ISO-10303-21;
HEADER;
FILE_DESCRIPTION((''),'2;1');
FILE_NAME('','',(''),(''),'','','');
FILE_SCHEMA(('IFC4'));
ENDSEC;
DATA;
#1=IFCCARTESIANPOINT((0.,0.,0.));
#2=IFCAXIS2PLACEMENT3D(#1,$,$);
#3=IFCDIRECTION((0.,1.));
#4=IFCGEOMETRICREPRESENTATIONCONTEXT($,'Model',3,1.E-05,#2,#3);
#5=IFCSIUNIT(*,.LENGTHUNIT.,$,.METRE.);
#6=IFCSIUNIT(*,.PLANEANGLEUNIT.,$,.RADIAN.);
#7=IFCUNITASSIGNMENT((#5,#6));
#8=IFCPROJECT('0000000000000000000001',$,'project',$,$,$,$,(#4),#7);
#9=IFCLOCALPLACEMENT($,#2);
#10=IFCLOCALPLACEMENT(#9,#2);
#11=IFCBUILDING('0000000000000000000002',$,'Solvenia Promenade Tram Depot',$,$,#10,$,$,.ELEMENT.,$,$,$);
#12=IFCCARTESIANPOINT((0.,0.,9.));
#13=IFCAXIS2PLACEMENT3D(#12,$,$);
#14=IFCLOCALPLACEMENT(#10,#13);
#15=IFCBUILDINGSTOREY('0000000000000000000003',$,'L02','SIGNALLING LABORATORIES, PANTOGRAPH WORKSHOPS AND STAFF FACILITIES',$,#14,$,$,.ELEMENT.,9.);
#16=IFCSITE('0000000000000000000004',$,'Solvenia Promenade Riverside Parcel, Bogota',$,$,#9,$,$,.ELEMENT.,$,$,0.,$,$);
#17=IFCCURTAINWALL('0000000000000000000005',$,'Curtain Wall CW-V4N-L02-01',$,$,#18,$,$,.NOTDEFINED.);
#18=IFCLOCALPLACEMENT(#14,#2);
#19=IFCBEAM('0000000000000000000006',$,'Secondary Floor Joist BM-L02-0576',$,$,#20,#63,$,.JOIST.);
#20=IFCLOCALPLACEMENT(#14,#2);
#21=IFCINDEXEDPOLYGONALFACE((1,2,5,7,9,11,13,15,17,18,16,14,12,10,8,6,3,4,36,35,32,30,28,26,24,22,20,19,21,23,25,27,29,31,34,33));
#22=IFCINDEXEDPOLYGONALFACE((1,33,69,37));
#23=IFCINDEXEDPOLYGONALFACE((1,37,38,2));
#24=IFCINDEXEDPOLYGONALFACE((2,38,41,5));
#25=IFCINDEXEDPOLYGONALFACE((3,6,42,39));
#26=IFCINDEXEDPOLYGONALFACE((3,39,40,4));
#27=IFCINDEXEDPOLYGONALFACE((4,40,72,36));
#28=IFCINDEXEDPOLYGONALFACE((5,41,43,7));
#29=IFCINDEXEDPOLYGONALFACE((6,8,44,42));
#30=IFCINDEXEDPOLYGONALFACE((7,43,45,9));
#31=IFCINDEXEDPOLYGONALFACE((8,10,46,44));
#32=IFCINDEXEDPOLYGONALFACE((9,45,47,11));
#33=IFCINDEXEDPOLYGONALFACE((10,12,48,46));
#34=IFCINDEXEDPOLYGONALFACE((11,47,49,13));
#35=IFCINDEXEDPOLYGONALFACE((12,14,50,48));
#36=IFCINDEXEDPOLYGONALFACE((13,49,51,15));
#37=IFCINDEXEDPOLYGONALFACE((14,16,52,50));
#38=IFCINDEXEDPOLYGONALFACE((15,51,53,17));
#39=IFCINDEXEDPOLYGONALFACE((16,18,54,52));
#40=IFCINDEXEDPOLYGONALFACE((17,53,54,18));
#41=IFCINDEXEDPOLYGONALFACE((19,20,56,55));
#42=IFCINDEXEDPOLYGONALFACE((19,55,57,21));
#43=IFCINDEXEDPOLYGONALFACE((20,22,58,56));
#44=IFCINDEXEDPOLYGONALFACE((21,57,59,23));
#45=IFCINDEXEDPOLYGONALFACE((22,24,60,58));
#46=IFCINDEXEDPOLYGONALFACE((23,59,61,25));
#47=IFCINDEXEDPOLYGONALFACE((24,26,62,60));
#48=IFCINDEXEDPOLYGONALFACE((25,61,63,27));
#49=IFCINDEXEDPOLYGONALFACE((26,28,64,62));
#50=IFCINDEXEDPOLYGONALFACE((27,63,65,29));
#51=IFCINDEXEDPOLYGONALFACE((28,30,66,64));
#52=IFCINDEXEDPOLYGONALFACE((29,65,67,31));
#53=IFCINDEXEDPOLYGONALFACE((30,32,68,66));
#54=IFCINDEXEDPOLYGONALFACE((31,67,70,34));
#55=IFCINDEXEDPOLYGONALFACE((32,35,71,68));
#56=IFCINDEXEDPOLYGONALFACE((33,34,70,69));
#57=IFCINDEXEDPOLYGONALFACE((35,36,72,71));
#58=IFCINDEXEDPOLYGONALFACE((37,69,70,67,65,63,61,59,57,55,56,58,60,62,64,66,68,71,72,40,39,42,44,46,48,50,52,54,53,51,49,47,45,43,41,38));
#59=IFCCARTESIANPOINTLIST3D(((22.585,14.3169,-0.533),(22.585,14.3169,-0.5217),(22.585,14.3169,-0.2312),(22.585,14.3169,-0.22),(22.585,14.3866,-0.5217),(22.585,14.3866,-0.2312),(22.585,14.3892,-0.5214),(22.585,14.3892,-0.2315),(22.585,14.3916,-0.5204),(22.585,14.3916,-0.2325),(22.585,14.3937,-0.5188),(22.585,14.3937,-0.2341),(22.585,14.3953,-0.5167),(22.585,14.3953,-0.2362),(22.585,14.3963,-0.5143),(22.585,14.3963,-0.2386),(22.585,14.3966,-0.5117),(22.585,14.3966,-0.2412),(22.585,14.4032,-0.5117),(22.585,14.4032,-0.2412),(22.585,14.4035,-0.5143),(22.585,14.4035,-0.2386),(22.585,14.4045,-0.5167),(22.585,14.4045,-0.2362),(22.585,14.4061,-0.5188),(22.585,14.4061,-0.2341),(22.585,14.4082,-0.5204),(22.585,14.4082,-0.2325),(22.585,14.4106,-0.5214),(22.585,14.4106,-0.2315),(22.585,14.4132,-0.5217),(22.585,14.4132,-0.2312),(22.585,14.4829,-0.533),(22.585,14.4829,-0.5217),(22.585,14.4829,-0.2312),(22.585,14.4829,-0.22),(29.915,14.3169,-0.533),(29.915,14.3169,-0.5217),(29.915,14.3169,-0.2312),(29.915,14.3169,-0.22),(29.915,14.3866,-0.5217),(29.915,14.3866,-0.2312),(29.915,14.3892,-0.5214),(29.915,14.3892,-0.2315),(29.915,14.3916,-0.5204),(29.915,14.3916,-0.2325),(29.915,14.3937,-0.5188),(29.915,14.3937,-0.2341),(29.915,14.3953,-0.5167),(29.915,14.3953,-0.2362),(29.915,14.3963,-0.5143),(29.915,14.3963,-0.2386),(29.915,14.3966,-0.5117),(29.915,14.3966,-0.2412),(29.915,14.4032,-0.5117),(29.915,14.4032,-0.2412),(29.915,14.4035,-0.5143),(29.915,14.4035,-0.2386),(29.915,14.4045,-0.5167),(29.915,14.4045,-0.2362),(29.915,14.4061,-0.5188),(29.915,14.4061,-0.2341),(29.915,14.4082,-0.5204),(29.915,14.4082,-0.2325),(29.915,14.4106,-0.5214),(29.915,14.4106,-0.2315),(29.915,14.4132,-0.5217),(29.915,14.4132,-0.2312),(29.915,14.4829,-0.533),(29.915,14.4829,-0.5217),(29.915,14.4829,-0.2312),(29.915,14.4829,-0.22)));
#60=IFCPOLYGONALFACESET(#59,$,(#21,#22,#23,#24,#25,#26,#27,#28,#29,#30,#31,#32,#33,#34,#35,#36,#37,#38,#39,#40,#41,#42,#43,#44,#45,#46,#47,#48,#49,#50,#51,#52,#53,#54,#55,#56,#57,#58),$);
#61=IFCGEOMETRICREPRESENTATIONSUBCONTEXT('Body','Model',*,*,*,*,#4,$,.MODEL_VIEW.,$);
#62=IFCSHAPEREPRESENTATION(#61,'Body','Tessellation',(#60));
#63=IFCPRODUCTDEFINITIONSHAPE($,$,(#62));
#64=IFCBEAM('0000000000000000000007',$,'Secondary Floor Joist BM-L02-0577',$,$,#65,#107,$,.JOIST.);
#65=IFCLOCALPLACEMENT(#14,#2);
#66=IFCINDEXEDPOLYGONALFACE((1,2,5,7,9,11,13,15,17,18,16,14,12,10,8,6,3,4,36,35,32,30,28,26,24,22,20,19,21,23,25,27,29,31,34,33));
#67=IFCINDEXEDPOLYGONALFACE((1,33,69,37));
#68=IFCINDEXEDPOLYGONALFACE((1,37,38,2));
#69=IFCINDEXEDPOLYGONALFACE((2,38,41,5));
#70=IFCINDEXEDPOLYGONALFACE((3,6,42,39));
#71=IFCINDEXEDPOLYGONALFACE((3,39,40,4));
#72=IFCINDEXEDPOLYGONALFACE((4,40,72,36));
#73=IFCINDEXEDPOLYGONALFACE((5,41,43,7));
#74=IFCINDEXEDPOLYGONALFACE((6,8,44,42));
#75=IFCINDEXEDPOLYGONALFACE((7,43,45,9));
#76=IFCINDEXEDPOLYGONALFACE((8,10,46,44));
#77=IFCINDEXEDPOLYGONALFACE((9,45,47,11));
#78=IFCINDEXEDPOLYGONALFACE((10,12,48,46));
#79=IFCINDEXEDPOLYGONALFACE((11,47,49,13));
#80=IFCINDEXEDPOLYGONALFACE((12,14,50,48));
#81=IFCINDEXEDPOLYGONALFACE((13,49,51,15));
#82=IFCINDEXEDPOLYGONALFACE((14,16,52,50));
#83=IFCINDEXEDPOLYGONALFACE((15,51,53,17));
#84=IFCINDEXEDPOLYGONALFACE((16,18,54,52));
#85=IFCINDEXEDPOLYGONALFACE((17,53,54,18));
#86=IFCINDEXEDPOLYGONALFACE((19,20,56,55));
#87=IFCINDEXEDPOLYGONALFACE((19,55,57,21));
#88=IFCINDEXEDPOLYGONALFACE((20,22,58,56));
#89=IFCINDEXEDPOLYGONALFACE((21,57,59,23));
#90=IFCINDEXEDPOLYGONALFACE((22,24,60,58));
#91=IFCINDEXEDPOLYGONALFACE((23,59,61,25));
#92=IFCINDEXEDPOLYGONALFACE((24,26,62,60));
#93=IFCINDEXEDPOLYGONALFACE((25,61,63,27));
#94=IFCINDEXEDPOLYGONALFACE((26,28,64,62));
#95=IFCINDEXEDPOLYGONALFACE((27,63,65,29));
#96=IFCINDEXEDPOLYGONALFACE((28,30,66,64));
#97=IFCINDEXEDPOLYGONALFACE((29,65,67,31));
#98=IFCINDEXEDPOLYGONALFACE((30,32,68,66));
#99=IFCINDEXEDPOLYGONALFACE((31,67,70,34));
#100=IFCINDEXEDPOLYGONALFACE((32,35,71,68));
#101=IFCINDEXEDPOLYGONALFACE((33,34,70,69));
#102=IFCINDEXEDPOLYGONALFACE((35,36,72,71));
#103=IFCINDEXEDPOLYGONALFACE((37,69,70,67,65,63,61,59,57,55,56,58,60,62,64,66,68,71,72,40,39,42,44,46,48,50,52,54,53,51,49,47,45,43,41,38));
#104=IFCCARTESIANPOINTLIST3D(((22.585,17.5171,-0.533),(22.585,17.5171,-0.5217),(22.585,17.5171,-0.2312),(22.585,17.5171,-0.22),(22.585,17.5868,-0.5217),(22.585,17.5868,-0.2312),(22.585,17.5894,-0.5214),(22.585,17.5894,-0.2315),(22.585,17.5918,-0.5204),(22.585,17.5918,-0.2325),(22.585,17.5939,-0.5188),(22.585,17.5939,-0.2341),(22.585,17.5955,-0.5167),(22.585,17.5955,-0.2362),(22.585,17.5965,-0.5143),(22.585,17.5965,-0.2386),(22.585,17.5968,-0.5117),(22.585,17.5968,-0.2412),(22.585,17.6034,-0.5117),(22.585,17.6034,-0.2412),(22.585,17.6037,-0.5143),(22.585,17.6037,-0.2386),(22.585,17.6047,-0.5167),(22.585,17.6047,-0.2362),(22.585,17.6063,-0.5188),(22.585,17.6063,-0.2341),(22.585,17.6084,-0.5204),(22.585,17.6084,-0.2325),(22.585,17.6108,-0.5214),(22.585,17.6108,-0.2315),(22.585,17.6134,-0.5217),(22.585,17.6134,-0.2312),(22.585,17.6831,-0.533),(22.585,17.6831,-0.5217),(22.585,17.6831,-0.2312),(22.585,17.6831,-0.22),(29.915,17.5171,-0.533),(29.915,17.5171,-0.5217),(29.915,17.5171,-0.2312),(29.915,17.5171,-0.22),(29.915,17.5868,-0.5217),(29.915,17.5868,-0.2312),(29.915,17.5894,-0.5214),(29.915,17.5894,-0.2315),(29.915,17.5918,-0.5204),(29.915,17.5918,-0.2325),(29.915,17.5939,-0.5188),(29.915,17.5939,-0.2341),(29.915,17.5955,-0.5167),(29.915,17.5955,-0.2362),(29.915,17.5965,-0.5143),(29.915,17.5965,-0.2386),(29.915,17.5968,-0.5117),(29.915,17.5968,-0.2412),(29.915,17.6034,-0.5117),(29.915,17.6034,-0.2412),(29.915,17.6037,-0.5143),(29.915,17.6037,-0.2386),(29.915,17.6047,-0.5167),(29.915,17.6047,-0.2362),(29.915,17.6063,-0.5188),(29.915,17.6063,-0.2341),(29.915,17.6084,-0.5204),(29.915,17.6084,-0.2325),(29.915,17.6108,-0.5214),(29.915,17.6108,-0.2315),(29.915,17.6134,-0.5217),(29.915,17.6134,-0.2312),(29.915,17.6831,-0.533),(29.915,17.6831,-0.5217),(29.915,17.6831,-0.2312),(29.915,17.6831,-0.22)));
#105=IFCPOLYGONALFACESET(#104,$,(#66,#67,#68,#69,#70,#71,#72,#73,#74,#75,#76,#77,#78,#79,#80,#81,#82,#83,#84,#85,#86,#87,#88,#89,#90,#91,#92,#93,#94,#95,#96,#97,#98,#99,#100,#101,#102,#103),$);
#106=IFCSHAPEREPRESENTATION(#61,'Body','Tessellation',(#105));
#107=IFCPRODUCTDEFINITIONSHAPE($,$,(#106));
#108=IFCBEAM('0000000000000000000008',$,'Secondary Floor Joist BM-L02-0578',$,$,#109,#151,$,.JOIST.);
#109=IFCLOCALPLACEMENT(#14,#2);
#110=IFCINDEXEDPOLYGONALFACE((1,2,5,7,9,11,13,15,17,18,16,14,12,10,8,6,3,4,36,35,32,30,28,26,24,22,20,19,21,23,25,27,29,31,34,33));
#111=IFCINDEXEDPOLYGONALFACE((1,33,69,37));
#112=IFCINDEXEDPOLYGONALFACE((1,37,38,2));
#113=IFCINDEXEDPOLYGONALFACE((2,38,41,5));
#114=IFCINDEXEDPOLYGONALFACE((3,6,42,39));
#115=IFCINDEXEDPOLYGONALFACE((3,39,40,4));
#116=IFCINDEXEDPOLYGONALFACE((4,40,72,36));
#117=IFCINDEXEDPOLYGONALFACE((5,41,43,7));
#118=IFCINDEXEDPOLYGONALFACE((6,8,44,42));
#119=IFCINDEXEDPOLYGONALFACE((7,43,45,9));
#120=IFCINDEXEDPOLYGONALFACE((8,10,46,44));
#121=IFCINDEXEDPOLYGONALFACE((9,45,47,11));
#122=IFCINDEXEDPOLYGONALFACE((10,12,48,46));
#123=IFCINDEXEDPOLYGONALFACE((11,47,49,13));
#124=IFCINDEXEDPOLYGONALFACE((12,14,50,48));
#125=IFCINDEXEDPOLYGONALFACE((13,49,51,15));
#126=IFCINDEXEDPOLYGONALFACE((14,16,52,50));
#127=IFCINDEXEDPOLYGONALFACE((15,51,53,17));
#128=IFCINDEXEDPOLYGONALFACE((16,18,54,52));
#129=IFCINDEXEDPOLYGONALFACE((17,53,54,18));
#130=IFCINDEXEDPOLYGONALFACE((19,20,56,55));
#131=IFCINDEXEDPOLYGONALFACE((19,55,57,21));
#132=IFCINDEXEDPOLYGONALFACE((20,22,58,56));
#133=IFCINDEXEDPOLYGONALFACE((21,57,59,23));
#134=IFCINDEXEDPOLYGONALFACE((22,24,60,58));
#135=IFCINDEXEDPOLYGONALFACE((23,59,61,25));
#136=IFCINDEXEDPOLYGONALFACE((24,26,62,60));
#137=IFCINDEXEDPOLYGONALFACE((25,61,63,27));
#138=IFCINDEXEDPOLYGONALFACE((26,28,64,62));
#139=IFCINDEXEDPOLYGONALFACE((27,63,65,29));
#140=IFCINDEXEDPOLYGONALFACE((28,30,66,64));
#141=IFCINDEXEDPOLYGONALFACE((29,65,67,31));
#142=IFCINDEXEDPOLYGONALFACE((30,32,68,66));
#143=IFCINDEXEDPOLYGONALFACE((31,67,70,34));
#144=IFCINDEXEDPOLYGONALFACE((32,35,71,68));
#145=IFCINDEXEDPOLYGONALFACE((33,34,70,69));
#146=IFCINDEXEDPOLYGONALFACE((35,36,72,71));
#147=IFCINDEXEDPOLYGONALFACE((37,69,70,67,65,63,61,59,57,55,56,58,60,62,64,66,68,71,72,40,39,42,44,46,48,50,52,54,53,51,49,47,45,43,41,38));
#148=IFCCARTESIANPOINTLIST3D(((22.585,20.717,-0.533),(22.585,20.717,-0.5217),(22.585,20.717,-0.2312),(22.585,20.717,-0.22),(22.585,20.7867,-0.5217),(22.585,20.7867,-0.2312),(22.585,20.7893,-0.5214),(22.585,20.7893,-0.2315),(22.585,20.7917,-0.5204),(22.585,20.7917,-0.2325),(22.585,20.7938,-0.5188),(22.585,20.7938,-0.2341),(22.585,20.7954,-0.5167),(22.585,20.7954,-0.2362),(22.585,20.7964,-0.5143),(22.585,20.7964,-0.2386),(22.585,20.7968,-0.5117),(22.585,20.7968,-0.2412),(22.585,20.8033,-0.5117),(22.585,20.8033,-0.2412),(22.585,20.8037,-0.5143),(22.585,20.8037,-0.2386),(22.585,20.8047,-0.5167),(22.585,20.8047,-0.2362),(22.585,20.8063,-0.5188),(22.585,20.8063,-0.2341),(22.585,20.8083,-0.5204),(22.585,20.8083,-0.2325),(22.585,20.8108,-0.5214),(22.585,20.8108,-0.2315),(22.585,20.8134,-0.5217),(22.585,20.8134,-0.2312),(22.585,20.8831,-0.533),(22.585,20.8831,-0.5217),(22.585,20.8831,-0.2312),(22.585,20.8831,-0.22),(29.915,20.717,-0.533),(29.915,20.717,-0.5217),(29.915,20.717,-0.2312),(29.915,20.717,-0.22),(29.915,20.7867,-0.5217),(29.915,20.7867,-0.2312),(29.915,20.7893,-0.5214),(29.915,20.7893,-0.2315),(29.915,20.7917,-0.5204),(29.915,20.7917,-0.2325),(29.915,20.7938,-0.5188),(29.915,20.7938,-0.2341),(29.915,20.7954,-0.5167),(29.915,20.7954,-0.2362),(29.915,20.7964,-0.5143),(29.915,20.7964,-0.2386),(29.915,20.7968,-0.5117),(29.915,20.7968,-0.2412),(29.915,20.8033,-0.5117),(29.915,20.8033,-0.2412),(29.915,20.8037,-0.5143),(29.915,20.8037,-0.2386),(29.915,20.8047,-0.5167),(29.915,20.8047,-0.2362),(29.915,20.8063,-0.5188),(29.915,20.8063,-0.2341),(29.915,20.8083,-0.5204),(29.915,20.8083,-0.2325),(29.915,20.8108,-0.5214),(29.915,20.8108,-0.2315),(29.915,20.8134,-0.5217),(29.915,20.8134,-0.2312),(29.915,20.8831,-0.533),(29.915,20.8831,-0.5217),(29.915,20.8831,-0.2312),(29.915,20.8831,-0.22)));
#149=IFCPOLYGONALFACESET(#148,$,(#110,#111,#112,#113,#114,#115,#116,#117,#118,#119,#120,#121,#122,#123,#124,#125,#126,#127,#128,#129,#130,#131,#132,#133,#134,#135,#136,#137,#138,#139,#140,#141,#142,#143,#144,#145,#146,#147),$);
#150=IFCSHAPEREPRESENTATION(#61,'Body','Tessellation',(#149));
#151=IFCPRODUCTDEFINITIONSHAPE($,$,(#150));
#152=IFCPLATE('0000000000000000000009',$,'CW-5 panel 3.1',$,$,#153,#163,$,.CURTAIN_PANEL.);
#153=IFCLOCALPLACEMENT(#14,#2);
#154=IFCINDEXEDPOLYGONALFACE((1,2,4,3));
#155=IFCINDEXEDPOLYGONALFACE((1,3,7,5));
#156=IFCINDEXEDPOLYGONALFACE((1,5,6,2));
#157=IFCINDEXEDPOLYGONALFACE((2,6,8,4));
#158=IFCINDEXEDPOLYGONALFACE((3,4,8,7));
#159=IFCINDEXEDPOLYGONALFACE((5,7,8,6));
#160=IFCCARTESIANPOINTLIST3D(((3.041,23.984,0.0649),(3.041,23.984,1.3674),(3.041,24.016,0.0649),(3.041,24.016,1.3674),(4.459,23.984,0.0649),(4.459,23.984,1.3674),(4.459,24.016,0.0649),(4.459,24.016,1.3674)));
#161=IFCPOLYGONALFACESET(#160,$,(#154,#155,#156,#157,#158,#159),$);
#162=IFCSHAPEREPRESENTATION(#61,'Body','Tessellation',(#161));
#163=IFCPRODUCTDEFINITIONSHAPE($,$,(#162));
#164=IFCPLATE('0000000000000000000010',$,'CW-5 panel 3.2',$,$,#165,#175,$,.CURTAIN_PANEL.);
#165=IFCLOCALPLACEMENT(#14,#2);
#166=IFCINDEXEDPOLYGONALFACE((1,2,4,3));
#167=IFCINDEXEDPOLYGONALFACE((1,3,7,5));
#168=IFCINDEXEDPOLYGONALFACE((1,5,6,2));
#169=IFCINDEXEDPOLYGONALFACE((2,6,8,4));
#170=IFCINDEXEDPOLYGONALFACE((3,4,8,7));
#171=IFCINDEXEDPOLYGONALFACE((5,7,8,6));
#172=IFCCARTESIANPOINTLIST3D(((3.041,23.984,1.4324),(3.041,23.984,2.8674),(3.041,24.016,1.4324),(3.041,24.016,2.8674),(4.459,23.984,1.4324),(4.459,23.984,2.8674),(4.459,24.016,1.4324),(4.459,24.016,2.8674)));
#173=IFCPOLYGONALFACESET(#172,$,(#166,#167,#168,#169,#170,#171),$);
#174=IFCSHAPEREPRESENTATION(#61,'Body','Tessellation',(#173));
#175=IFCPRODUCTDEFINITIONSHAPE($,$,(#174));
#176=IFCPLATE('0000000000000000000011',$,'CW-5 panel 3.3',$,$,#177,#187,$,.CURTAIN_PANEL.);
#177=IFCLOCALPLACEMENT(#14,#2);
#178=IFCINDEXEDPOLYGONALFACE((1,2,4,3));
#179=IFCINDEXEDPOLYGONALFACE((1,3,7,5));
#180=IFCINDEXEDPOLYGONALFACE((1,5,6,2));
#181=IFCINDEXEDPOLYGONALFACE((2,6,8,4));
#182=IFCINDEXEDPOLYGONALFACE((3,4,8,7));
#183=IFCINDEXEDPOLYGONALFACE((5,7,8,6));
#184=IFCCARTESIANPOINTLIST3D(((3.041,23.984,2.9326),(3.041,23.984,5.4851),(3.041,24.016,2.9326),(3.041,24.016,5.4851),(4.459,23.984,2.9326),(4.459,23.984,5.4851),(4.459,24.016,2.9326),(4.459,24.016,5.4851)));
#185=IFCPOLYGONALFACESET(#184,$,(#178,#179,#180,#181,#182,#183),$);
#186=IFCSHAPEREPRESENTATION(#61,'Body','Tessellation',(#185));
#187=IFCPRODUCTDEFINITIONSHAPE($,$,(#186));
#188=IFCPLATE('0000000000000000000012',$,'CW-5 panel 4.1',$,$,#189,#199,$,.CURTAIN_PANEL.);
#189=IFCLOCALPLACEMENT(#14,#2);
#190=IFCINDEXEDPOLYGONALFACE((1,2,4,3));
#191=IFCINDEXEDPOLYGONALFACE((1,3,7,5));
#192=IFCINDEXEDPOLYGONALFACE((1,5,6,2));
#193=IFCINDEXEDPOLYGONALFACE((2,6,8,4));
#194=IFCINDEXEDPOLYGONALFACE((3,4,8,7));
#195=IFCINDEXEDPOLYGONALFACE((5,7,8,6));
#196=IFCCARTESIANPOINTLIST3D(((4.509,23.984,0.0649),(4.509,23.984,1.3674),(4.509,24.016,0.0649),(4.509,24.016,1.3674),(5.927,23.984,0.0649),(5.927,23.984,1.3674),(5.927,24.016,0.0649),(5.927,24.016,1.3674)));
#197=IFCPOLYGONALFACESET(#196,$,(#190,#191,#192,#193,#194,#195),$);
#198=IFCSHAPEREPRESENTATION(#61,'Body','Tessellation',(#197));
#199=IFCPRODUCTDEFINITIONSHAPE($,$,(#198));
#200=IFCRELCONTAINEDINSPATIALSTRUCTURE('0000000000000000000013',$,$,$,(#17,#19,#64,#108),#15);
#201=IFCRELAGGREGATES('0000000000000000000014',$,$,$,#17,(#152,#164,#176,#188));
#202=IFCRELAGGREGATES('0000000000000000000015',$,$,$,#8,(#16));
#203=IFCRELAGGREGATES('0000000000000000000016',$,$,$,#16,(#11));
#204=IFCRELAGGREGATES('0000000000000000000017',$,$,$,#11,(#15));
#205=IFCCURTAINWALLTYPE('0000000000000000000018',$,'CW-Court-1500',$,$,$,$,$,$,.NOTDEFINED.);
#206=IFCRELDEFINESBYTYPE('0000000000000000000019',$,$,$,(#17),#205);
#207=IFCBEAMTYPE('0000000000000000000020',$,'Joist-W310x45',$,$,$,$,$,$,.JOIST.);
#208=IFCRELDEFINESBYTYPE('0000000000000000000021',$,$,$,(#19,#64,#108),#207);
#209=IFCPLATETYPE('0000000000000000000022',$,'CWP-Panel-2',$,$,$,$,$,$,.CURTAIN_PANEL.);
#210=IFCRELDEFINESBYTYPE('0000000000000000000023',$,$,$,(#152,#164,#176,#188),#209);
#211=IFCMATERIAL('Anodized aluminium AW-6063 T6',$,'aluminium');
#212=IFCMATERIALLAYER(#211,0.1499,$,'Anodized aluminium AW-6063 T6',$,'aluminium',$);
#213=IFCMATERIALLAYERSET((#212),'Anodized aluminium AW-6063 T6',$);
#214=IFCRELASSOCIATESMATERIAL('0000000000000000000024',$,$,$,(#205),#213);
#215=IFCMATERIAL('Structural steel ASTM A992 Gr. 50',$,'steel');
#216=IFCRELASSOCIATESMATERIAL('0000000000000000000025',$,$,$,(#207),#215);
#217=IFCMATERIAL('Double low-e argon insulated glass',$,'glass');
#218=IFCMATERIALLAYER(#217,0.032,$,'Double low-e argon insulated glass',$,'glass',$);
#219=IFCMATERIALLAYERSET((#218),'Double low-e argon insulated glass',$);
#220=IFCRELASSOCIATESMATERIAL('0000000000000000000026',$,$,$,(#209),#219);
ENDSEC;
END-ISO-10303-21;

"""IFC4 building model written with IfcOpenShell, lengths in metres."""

from ifc_helpers import new_model, si_unit, direction, frame, origin, origin_2d, place, context, subcontext, project, spatial, rectangle, i_section, extrude, material, layer, layer_set, material_profile, profile_set, type_object, element, aggregate, save


model = new_model("IFC4")

# Units and contexts
model_context = context("Model", 3, precision=1e-05, world=origin(), true_north=direction((0.0, 1.0)))
body_context = subcontext(model_context, "Body", "Model", "MODEL_VIEW")
ifc_project = project(units=[si_unit("LENGTHUNIT", "METRE"), si_unit("PLANEANGLEUNIT", "RADIAN")], contexts=[model_context])

# Site, building, storey
site_placement = place(None, origin())
site = spatial("IfcSite", under=ifc_project, at=site_placement, Name="Solvenia Promenade Riverside Parcel, Bogota", CompositionType="ELEMENT", RefElevation=0.0)
building_placement = place(site_placement, origin())
building = spatial("IfcBuilding", under=site, at=building_placement, Name="Solvenia Promenade Tram Depot", CompositionType="ELEMENT")
storey_placement = place(building_placement, frame((0.0, 0.0, 9.0)))
storey = spatial("IfcBuildingStorey", under=building, at=storey_placement, Name="L02", Description="SIGNALLING LABORATORIES, PANTOGRAPH WORKSHOPS AND STAFF FACILITIES", CompositionType="ELEMENT", Elevation=9.0)

# Curtain wall
ifc_material_1 = material(Name="Anodized aluminium AW-6063 T6", Category="aluminium")
ifc_layer_1 = layer(ifc_material_1, 0.1499, Name="Anodized aluminium AW-6063 T6", Category="aluminium")
ifc_layer_set_1 = layer_set([ifc_layer_1], Name="Anodized aluminium AW-6063 T6")
curtain_wall_type = type_object("IfcCurtainWallType", Name="CW-Court-1500", PredefinedType="NOTDEFINED", material=ifc_layer_set_1)
curtain_wall_placement = place(storey_placement, origin())
curtain_wall = element("IfcCurtainWall", 1, at=curtain_wall_placement, inside=storey, type_object=curtain_wall_type, Name="Curtain Wall CW-V4N-L02-01", PredefinedType="NOTDEFINED")

# Beams
ifc_material_2 = material(Name="Structural steel ASTM A992 Gr. 50", Category="steel")
ifc_material_profile_1 = material_profile(ifc_material_2, i_section(OverallWidth=0.166, OverallDepth=0.313, WebThickness=0.0066, FlangeThickness=0.0112, FilletRadius=0.01, at=origin_2d()), Name="W310x45", Category="steel")
ifc_profile_set_1 = profile_set([ifc_material_profile_1], Name="Structural steel ASTM A992 Gr. 50")
beam_type_1 = type_object("IfcBeamType", Name="Joist-W310x45", PredefinedType="JOIST", material=ifc_profile_set_1)
for number, where, z_axis, x_axis, name in (
    (2, (22.585, 14.3999, -0.3765), (1.0, 0.0, 0.0), (0.0, 1.0, 0.0), "Secondary Floor Joist BM-L02-0576"),
    (3, (22.585, 17.6001, -0.3765), (1.0, 0.0, 0.0), (0.0, 1.0, 0.0), "Secondary Floor Joist BM-L02-0577"),
    (4, (22.585, 20.8, -0.3765), (1.0, 0.0, 0.0), (0.0, 1.0, 0.0), "Secondary Floor Joist BM-L02-0578"),
):
    element("IfcBeam", number, at=place(storey_placement, frame(where, z_axis=z_axis, x_axis=x_axis)), inside=storey, type_object=beam_type_1, Name=name, PredefinedType="JOIST", context=body_context, shape_type="SweptSolid", body=[
        extrude(i_section(OverallWidth=0.166, OverallDepth=0.313, WebThickness=0.0066, FlangeThickness=0.0112, FilletRadius=0.01, at=origin_2d()), origin(), (0.0, 0.0, 1.0), 7.3301),
    ])

# Plates
ifc_material_3 = material(Name="Double low-e argon insulated glass", Category="glass")
ifc_layer_2 = layer(ifc_material_3, 0.032, Name="Double low-e argon insulated glass", Category="glass")
ifc_layer_set_2 = layer_set([ifc_layer_2], Name="Double low-e argon insulated glass")
plate_type = type_object("IfcPlateType", Name="CWP-Panel-2", PredefinedType="CURTAIN_PANEL", material=ifc_layer_set_2)
plate_1_placement = place(storey_placement, frame((3.75, 24.0, 0.0649), z_axis=(0.0, 0.0, 1.0), x_axis=(1.0, 0.0, 0.0)))
plate_1 = element("IfcPlate", 5, at=plate_1_placement, type_object=plate_type, Name="CW-5 panel 3.1", PredefinedType="CURTAIN_PANEL", context=body_context, shape_type="SweptSolid", body=[
    extrude(rectangle(XDim=1.418, YDim=0.032, at=origin_2d()), origin(), (0.0, 0.0, 1.0), 1.3025),
])
plate_2_placement = place(storey_placement, frame((3.75, 24.0, 1.4324), z_axis=(0.0, 0.0, 1.0), x_axis=(1.0, 0.0, 0.0)))
plate_2 = element("IfcPlate", 6, at=plate_2_placement, type_object=plate_type, Name="CW-5 panel 3.2", PredefinedType="CURTAIN_PANEL", context=body_context, shape_type="SweptSolid", body=[
    extrude(rectangle(XDim=1.418, YDim=0.032, at=origin_2d()), origin(), (0.0, 0.0, 1.0), 1.4351),
])
plate_3_placement = place(storey_placement, frame((3.75, 24.0, 2.9326), z_axis=(0.0, 0.0, 1.0), x_axis=(1.0, 0.0, 0.0)))
plate_3 = element("IfcPlate", 7, at=plate_3_placement, type_object=plate_type, Name="CW-5 panel 3.3", PredefinedType="CURTAIN_PANEL", context=body_context, shape_type="SweptSolid", body=[
    extrude(rectangle(XDim=1.418, YDim=0.032, at=origin_2d()), origin(), (0.0, 0.0, 1.0), 2.5525),
])
plate_4_placement = place(storey_placement, frame((5.218, 24.0, 0.0649), z_axis=(0.0, 0.0, 1.0), x_axis=(1.0, 0.0, 0.0)))
plate_4 = element("IfcPlate", 8, at=plate_4_placement, type_object=plate_type, Name="CW-5 panel 4.1", PredefinedType="CURTAIN_PANEL", context=body_context, shape_type="SweptSolid", body=[
    extrude(rectangle(XDim=1.418, YDim=0.032, at=origin_2d()), origin(), (0.0, 0.0, 1.0), 1.3025),
])
aggregate(curtain_wall, [plate_1, plate_2, plate_3, plate_4])

save(model, "model.ifc")
